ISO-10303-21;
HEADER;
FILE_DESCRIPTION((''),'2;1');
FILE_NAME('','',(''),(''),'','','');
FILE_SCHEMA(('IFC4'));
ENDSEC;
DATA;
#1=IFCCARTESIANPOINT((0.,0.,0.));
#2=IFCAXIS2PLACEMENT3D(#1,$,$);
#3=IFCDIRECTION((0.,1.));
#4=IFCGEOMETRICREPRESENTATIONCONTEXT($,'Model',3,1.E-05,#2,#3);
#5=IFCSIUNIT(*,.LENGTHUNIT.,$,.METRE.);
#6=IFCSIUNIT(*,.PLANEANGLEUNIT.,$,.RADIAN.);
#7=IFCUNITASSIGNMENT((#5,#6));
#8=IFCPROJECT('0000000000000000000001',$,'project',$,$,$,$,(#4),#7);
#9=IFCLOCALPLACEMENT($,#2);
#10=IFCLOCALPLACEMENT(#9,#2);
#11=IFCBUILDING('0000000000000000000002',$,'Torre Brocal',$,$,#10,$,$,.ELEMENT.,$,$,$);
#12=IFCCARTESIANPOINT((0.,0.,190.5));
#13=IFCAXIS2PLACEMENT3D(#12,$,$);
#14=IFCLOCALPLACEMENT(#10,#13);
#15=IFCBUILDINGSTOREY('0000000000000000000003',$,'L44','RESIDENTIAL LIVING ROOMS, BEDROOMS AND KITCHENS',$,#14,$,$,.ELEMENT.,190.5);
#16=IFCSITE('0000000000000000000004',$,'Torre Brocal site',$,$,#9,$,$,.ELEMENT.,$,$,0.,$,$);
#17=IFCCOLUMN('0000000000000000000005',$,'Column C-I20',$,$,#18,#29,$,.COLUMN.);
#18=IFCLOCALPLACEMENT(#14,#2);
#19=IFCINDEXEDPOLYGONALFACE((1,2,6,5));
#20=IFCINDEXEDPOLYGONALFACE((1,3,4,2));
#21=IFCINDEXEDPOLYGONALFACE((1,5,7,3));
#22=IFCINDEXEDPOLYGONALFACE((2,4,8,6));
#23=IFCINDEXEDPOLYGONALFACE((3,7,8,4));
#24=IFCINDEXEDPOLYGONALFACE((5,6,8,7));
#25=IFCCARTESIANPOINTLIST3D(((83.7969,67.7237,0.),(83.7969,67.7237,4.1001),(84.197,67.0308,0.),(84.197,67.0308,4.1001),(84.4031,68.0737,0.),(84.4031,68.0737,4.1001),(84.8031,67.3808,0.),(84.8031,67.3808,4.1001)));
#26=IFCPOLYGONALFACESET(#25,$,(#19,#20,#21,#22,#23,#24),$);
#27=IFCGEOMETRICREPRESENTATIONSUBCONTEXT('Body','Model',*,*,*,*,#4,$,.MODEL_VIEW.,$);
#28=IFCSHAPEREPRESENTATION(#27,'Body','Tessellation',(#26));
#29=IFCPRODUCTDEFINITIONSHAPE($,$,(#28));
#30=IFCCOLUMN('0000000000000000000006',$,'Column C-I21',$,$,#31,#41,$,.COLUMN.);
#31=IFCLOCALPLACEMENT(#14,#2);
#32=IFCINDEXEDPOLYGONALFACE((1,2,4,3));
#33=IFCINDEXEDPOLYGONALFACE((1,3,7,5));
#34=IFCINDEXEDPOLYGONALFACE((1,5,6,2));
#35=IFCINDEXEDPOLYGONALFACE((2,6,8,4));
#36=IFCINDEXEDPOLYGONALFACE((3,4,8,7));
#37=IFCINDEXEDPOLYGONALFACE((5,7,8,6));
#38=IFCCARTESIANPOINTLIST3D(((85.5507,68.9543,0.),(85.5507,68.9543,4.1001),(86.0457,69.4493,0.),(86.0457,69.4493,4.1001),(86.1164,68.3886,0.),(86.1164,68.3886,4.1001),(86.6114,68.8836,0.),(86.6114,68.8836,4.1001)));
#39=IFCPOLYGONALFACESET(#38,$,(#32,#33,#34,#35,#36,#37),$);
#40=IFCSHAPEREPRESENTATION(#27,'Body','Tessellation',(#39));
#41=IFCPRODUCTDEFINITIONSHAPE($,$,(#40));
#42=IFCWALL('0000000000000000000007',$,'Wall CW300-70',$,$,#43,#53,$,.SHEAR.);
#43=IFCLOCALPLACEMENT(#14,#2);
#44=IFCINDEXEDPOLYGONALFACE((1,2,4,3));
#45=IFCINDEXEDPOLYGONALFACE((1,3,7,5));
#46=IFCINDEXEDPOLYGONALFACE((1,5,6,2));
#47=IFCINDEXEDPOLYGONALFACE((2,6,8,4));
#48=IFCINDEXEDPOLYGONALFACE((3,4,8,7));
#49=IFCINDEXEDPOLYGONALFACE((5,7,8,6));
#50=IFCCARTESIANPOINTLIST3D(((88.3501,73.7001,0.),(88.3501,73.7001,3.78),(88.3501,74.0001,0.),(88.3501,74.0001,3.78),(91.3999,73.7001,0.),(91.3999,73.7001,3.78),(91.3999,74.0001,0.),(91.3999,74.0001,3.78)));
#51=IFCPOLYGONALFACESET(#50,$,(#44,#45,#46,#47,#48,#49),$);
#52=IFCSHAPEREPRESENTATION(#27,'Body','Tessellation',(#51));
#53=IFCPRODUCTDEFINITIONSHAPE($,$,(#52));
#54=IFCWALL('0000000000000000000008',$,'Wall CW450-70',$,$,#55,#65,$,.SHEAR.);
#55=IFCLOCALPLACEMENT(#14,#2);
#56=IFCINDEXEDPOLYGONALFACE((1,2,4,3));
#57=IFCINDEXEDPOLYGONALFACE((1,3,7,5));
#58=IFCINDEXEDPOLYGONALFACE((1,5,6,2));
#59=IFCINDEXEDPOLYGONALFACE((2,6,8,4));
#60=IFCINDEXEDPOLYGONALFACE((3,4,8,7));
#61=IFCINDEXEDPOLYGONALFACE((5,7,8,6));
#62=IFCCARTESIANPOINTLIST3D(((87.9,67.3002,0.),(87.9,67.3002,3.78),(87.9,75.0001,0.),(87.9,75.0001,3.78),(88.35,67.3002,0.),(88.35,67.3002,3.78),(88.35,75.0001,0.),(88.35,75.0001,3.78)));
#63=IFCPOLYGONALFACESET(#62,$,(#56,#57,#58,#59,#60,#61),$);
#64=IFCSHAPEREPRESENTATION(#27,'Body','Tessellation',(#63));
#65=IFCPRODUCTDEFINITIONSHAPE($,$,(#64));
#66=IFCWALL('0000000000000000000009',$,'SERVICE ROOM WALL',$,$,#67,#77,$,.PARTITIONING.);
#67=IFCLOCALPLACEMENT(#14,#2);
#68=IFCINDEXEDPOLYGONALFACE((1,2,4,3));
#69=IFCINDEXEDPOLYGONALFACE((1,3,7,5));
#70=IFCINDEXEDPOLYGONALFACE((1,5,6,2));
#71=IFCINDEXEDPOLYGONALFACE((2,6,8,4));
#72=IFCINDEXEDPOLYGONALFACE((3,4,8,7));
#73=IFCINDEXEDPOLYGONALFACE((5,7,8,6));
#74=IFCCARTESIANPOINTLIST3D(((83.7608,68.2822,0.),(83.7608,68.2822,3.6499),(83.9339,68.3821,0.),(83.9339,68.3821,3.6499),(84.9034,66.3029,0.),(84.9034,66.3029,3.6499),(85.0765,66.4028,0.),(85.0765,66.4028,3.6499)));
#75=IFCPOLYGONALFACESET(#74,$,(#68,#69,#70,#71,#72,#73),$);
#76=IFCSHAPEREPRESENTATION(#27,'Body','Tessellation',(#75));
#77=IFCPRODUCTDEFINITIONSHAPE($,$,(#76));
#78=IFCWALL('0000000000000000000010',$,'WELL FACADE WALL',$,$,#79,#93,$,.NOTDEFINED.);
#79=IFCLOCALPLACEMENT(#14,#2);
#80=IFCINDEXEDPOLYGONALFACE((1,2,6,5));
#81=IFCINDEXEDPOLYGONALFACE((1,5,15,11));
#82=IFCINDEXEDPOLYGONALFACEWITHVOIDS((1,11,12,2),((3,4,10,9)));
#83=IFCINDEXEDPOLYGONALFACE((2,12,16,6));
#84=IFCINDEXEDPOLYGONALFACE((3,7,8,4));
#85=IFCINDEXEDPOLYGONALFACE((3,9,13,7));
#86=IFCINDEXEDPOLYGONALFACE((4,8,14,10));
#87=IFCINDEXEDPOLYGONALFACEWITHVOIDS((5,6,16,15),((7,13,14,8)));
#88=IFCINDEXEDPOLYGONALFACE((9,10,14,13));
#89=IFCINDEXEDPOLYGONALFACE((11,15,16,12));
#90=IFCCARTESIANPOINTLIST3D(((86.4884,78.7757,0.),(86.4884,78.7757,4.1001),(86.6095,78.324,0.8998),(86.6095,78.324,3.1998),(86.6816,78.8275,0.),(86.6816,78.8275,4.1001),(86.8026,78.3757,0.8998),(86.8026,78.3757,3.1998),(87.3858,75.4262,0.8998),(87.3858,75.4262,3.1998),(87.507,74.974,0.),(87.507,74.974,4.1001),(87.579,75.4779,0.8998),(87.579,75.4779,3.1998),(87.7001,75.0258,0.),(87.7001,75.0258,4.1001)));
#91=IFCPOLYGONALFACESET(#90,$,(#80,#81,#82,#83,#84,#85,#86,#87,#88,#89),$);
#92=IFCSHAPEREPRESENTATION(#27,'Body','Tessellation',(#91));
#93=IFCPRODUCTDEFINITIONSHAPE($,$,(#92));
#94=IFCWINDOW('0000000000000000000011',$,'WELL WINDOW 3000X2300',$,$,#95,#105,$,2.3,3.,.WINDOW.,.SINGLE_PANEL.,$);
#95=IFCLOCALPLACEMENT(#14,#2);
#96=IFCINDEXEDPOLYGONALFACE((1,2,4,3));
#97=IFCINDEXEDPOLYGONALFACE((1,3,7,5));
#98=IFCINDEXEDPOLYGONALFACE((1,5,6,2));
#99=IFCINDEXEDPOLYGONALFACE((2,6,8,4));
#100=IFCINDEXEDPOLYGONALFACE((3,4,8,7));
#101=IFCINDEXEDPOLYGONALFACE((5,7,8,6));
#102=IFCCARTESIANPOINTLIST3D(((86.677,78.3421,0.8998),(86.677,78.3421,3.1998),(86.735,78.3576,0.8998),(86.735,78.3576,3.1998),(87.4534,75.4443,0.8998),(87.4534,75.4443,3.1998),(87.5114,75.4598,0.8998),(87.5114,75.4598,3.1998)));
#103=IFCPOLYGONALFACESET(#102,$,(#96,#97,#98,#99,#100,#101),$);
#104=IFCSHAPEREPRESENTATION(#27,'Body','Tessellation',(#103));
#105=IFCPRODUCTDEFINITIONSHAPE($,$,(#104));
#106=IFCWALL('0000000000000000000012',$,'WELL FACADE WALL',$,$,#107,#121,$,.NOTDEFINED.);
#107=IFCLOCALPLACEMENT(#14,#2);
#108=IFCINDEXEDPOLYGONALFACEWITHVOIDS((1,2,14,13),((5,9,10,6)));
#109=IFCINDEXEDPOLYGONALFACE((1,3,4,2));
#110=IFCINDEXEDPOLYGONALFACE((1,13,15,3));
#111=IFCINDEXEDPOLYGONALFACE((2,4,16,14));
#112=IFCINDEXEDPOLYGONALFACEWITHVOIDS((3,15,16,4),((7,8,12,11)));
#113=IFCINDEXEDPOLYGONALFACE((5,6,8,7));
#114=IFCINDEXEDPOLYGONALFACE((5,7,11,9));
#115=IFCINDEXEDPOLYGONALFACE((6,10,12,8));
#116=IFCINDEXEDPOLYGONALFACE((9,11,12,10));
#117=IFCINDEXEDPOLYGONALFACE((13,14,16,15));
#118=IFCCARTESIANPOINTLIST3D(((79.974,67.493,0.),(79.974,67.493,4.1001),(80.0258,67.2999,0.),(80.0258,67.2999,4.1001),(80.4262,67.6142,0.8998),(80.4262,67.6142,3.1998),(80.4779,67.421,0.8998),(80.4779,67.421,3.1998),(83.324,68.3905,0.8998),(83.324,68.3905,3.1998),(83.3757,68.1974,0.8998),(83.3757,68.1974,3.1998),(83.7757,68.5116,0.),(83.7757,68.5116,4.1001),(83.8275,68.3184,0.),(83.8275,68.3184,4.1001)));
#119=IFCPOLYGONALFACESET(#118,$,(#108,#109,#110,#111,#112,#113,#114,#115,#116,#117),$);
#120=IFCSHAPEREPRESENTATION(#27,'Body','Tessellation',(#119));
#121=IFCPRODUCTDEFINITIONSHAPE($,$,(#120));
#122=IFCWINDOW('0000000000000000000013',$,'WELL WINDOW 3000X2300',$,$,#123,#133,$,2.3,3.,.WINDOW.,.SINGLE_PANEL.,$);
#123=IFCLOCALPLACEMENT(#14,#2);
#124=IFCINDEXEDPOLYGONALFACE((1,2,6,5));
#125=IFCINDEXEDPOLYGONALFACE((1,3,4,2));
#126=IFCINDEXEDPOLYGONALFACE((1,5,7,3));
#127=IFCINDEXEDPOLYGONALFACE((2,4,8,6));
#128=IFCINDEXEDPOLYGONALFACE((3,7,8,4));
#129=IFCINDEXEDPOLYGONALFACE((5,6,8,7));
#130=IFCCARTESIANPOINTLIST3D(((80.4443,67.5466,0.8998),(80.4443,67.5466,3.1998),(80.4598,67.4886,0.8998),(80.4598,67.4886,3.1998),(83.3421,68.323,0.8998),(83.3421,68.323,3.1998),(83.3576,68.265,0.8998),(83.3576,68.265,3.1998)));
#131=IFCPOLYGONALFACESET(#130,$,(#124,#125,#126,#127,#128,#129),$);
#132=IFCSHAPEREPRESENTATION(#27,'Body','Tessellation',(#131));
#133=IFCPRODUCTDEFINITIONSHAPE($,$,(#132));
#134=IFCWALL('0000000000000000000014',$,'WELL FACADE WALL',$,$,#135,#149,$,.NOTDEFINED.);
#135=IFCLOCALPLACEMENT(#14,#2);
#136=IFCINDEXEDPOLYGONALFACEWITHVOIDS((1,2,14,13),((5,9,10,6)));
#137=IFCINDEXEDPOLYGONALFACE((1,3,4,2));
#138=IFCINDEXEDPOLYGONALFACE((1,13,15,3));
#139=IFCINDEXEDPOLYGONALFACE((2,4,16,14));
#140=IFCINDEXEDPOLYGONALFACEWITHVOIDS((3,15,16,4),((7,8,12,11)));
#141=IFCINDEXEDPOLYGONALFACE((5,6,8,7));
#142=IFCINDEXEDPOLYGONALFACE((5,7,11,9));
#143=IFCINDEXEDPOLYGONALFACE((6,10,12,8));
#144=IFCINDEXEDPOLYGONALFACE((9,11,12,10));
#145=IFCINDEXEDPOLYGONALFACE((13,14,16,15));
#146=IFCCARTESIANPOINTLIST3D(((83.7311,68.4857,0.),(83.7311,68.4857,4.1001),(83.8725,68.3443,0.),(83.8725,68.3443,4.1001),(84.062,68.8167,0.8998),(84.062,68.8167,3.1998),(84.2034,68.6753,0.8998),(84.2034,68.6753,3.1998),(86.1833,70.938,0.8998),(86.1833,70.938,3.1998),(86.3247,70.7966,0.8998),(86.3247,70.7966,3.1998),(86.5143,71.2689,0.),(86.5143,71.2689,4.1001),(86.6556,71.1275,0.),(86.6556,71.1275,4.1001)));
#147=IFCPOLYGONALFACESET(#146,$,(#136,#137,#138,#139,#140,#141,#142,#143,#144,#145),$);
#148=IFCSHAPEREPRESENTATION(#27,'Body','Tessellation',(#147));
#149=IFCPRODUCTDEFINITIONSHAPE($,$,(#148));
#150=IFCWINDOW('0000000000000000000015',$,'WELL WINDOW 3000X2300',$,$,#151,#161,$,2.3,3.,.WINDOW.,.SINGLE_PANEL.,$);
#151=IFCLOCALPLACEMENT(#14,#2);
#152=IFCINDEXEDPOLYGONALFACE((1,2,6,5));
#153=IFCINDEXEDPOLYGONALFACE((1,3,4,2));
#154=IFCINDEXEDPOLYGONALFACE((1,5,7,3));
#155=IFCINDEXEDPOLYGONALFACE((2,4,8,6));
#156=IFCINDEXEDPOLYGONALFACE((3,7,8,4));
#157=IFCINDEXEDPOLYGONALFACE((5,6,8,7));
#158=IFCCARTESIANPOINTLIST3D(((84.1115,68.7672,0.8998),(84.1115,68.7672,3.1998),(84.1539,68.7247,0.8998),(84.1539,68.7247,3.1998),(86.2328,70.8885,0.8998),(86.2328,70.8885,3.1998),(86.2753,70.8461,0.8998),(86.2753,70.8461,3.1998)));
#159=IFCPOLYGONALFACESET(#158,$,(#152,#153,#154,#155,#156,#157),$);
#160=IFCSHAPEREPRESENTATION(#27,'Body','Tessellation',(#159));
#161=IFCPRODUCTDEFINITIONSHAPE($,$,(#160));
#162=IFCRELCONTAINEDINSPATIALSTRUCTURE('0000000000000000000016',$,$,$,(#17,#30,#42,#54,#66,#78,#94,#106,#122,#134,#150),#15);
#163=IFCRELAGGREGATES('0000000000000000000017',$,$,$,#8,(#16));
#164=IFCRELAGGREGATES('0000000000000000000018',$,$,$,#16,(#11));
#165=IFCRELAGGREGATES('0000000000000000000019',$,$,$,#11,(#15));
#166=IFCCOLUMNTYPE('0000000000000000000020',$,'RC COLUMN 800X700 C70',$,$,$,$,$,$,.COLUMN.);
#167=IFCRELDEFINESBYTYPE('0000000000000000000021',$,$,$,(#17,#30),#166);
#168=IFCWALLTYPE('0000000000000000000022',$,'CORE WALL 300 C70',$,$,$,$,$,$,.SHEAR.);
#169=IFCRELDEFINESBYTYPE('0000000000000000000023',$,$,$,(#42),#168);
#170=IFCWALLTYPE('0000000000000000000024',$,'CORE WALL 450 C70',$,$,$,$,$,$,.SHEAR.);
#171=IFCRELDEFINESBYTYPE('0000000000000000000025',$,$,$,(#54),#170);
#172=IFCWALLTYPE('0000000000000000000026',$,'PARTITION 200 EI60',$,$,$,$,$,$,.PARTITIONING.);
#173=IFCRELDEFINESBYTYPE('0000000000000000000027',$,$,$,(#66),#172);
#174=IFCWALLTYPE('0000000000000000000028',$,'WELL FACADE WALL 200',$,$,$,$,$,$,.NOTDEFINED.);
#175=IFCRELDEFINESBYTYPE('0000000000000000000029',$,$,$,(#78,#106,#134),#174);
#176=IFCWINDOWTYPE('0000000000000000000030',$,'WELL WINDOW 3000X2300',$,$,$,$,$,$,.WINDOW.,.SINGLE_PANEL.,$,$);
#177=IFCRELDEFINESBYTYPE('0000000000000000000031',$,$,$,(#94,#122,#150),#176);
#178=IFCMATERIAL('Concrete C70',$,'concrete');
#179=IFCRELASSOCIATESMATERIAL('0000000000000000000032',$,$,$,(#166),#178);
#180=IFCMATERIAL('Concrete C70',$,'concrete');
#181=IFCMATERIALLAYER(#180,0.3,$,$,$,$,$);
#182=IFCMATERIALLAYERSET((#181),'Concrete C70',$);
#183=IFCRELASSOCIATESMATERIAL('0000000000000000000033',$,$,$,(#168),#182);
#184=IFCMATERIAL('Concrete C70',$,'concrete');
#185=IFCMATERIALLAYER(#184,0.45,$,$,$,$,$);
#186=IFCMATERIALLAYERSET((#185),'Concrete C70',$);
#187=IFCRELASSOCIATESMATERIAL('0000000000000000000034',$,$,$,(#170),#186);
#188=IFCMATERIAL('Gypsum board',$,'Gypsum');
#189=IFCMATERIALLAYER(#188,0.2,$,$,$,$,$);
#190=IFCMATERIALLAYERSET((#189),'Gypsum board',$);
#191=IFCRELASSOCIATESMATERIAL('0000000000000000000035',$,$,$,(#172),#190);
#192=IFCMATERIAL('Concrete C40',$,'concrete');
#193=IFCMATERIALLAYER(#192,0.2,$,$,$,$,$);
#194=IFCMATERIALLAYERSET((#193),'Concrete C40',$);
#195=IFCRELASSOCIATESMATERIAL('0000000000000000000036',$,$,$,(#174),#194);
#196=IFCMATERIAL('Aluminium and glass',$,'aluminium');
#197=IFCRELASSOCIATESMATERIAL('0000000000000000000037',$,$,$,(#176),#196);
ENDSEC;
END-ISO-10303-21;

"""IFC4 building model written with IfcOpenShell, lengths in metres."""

from ifc_helpers import new_model, si_unit, direction, frame, frame_2d, origin, origin_2d, place, context, subcontext, project, spatial, rectangle, extrude, material, layer, layer_set, material_profile, profile_set, type_object, element, fill, save


model = new_model("IFC4")

# Units and contexts
model_context = context("Model", 3, precision=1e-05, world=origin(), true_north=direction((0.0, 1.0)))
body_context = subcontext(model_context, "Body", "Model", "MODEL_VIEW")
ifc_project = project(units=[si_unit("LENGTHUNIT", "METRE"), si_unit("PLANEANGLEUNIT", "RADIAN")], contexts=[model_context])

# Site, building, storey
site_placement = place(None, origin())
site = spatial("IfcSite", under=ifc_project, at=site_placement, Name="Torre Brocal site", CompositionType="ELEMENT", RefElevation=0.0)
building_placement = place(site_placement, origin())
building = spatial("IfcBuilding", under=site, at=building_placement, Name="Torre Brocal", CompositionType="ELEMENT")
storey_placement = place(building_placement, frame((0.0, 0.0, 190.5)))
storey = spatial("IfcBuildingStorey", under=building, at=storey_placement, Name="L44", Description="RESIDENTIAL LIVING ROOMS, BEDROOMS AND KITCHENS", CompositionType="ELEMENT", Elevation=190.5)

# Columns
ifc_material_1 = material(Name="Concrete C70", Category="concrete")
ifc_material_profile = material_profile(ifc_material_1, rectangle(XDim=0.8, YDim=0.7, at=origin_2d()), Name="RC 800X700")
ifc_profile_set = profile_set([ifc_material_profile], Name="Concrete C70")
column_type = type_object("IfcColumnType", Name="RC COLUMN 800X700 C70", PredefinedType="COLUMN", material=ifc_profile_set)
for number, where, z_axis, x_axis, name in (
    (1, (84.3, 67.5522, 0.0), (0.0, 0.0, 1.0), (0.5, -0.866025, 0.0), "Column C-I20"),
    (2, (86.0811, 68.9189, 0.0), (0.0, 0.0, 1.0), (0.707107, -0.707107, 0.0), "Column C-I21"),
):
    element("IfcColumn", number, at=place(storey_placement, frame(where, z_axis=z_axis, x_axis=x_axis)), inside=storey, type_object=column_type, Name=name, PredefinedType="COLUMN", context=body_context, shape_type="SweptSolid", body=[
        extrude(rectangle(XDim=0.8, YDim=0.7, at=origin_2d()), origin(), (0.0, 0.0, 1.0), 4.1001),
    ])

# Walls
ifc_material_2 = material(Name="Concrete C70", Category="concrete")
ifc_layer_1 = layer(ifc_material_2, 0.3)
ifc_layer_set_1 = layer_set([ifc_layer_1], Name="Concrete C70")
wall_type_1 = type_object("IfcWallType", Name="CORE WALL 300 C70", PredefinedType="SHEAR", material=ifc_layer_set_1)
wall_1_placement = place(storey_placement, frame((88.3501, 73.8501, 0.0), z_axis=(0.0, 0.0, 1.0), x_axis=(1.0, 0.0, 0.0)))
element("IfcWall", 3, at=wall_1_placement, inside=storey, type_object=wall_type_1, Name="Wall CW300-70", PredefinedType="SHEAR", context=body_context, shape_type="SweptSolid", body=[
    extrude(rectangle(XDim=3.0498, YDim=0.3, at=frame_2d((1.5249, 0.0))), origin(), (0.0, 0.0, 1.0), 3.78),
])
ifc_material_3 = material(Name="Concrete C70", Category="concrete")
ifc_layer_2 = layer(ifc_material_3, 0.45)
ifc_layer_set_2 = layer_set([ifc_layer_2], Name="Concrete C70")
wall_type_2 = type_object("IfcWallType", Name="CORE WALL 450 C70", PredefinedType="SHEAR", material=ifc_layer_set_2)
wall_2_placement = place(storey_placement, frame((88.125, 67.3, 0.0), z_axis=(0.0, 0.0, 1.0), x_axis=(0.0, 1.0, 0.0)))
element("IfcWall", 4, at=wall_2_placement, inside=storey, type_object=wall_type_2, Name="Wall CW450-70", PredefinedType="SHEAR", context=body_context, shape_type="SweptSolid", body=[
    extrude(rectangle(XDim=7.7, YDim=0.45, at=frame_2d((3.8501, 0.0))), origin(), (0.0, 0.0, 1.0), 3.78),
])
ifc_material_4 = material(Name="Gypsum board", Category="Gypsum")
ifc_layer_3 = layer(ifc_material_4, 0.2)
ifc_layer_set_3 = layer_set([ifc_layer_3], Name="Gypsum board")
wall_type_3 = type_object("IfcWallType", Name="PARTITION 200 EI60", PredefinedType="PARTITIONING", material=ifc_layer_set_3)
wall_3_placement = place(storey_placement, frame((83.8474, 68.332, 0.0), z_axis=(0.0, 0.0, 1.0), x_axis=(0.499954, -0.866052, 0.0)))
element("IfcWall", 5, at=wall_3_placement, inside=storey, type_object=wall_type_3, Name="SERVICE ROOM WALL", PredefinedType="PARTITIONING", context=body_context, shape_type="SweptSolid", body=[
    extrude(rectangle(XDim=2.2854, YDim=0.2, at=frame_2d((1.1426, 0.0))), origin(), (0.0, 0.0, 1.0), 3.6499),
])

# Walls, openings, windows
ifc_material_5 = material(Name="Concrete C40", Category="concrete")
ifc_layer_4 = layer(ifc_material_5, 0.2)
ifc_layer_set_4 = layer_set([ifc_layer_4], Name="Concrete C40")
wall_type_4 = type_object("IfcWallType", Name="WELL FACADE WALL 200", PredefinedType="NOTDEFINED", material=ifc_layer_set_4)
wall_4_placement = place(storey_placement, frame((87.6035, 75.0, 0.0), z_axis=(0.0, 0.0, 1.0), x_axis=(-0.25879, 0.965934, 0.0)))
wall_4 = element("IfcWall", 6, at=wall_4_placement, inside=storey, type_object=wall_type_4, Name="WELL FACADE WALL", PredefinedType="NOTDEFINED", context=body_context, shape_type="SweptSolid", body=[
    extrude(rectangle(XDim=3.9358, YDim=0.2, at=frame_2d((1.9678, 0.0))), origin(), (0.0, 0.0, 1.0), 4.1001),
])
opening_1_placement = place(wall_4_placement, frame((0.468, 0.0, 0.8999)))
opening_1 = element("IfcOpeningElement", 7, at=opening_1_placement, cuts=wall_4, PredefinedType="OPENING", context=body_context, shape_type="SweptSolid", body=[
    extrude(rectangle(XDim=3.0, YDim=2.3, at=frame_2d((1.5, 1.1499))), frame((0.0, 0.1099, 0.0), z_axis=(0.0, -1.0, 0.0), x_axis=(1.0, 0.0, 0.0)), (0.0, 0.0, 1.0), 0.22),
])
ifc_material_6 = material(Name="Aluminium and glass", Category="aluminium")
window_type = type_object("IfcWindowType", Name="WELL WINDOW 3000X2300", PartitioningType="SINGLE_PANEL", PredefinedType="WINDOW", material=ifc_material_6)
window_1_placement = place(opening_1_placement, origin())
window_1 = element("IfcWindow", 8, at=window_1_placement, inside=storey, type_object=window_type, Name="WELL WINDOW 3000X2300", OverallHeight=2.3, OverallWidth=3.0, PartitioningType="SINGLE_PANEL", PredefinedType="WINDOW", context=body_context, shape_type="SweptSolid", body=[
    extrude(rectangle(XDim=3.0, YDim=2.3, at=frame_2d((1.5, 1.1499))), frame((0.0, 0.03, 0.0), z_axis=(0.0, -1.0, 0.0), x_axis=(1.0, 0.0, 0.0)), (0.0, 0.0, 1.0), 0.0601),
])
fill(opening_1, window_1)
wall_5_placement = place(storey_placement, frame((80.0, 67.3965, 0.0), z_axis=(0.0, 0.0, 1.0), x_axis=(0.965934, 0.25879, 0.0)))
wall_5 = element("IfcWall", 9, at=wall_5_placement, inside=storey, type_object=wall_type_4, Name="WELL FACADE WALL", PredefinedType="NOTDEFINED", context=body_context, shape_type="SweptSolid", body=[
    extrude(rectangle(XDim=3.9358, YDim=0.2, at=frame_2d((1.9678, 0.0))), origin(), (0.0, 0.0, 1.0), 4.1001),
])
opening_2_placement = place(wall_5_placement, frame((0.468, 0.0, 0.8999)))
opening_2 = element("IfcOpeningElement", 10, at=opening_2_placement, cuts=wall_5, PredefinedType="OPENING", context=body_context, shape_type="SweptSolid", body=[
    extrude(rectangle(XDim=3.0, YDim=2.3, at=frame_2d((1.5, 1.1499))), frame((0.0, 0.1099, 0.0), z_axis=(0.0, -1.0, 0.0), x_axis=(1.0, 0.0, 0.0)), (0.0, 0.0, 1.0), 0.22),
])
window_2_placement = place(opening_2_placement, origin())
window_2 = element("IfcWindow", 11, at=window_2_placement, inside=storey, type_object=window_type, Name="WELL WINDOW 3000X2300", OverallHeight=2.3, OverallWidth=3.0, PartitioningType="SINGLE_PANEL", PredefinedType="WINDOW", context=body_context, shape_type="SweptSolid", body=[
    extrude(rectangle(XDim=3.0, YDim=2.3, at=frame_2d((1.5, 1.1499))), frame((0.0, 0.03, 0.0), z_axis=(0.0, -1.0, 0.0), x_axis=(1.0, 0.0, 0.0)), (0.0, 0.0, 1.0), 0.0601),
])
fill(opening_2, window_2)
wall_6_placement = place(storey_placement, frame((83.8018, 68.415, 0.0), z_axis=(0.0, 0.0, 1.0), x_axis=(0.707107, 0.707107, 0.0)))
wall_6 = element("IfcWall", 12, at=wall_6_placement, inside=storey, type_object=wall_type_4, Name="WELL FACADE WALL", PredefinedType="NOTDEFINED", context=body_context, shape_type="SweptSolid", body=[
    extrude(rectangle(XDim=3.936, YDim=0.2, at=frame_2d((1.968, 0.0))), origin(), (0.0, 0.0, 1.0), 4.1001),
])
opening_3_placement = place(wall_6_placement, frame((0.468, 0.0, 0.8999)))
opening_3 = element("IfcOpeningElement", 13, at=opening_3_placement, cuts=wall_6, PredefinedType="OPENING", context=body_context, shape_type="SweptSolid", body=[
    extrude(rectangle(XDim=3.0, YDim=2.3, at=frame_2d((1.5, 1.1499))), frame((0.0, 0.1099, 0.0), z_axis=(0.0, -1.0, 0.0), x_axis=(1.0, 0.0, 0.0)), (0.0, 0.0, 1.0), 0.22),
])
window_3_placement = place(opening_3_placement, origin())
window_3 = element("IfcWindow", 14, at=window_3_placement, inside=storey, type_object=window_type, Name="WELL WINDOW 3000X2300", OverallHeight=2.3, OverallWidth=3.0, PartitioningType="SINGLE_PANEL", PredefinedType="WINDOW", context=body_context, shape_type="SweptSolid", body=[
    extrude(rectangle(XDim=3.0, YDim=2.3, at=frame_2d((1.5, 1.1499))), frame((0.0, 0.03, 0.0), z_axis=(0.0, -1.0, 0.0), x_axis=(1.0, 0.0, 0.0)), (0.0, 0.0, 1.0), 0.0601),
])
fill(opening_3, window_3)

save(model, "model.ifc")
